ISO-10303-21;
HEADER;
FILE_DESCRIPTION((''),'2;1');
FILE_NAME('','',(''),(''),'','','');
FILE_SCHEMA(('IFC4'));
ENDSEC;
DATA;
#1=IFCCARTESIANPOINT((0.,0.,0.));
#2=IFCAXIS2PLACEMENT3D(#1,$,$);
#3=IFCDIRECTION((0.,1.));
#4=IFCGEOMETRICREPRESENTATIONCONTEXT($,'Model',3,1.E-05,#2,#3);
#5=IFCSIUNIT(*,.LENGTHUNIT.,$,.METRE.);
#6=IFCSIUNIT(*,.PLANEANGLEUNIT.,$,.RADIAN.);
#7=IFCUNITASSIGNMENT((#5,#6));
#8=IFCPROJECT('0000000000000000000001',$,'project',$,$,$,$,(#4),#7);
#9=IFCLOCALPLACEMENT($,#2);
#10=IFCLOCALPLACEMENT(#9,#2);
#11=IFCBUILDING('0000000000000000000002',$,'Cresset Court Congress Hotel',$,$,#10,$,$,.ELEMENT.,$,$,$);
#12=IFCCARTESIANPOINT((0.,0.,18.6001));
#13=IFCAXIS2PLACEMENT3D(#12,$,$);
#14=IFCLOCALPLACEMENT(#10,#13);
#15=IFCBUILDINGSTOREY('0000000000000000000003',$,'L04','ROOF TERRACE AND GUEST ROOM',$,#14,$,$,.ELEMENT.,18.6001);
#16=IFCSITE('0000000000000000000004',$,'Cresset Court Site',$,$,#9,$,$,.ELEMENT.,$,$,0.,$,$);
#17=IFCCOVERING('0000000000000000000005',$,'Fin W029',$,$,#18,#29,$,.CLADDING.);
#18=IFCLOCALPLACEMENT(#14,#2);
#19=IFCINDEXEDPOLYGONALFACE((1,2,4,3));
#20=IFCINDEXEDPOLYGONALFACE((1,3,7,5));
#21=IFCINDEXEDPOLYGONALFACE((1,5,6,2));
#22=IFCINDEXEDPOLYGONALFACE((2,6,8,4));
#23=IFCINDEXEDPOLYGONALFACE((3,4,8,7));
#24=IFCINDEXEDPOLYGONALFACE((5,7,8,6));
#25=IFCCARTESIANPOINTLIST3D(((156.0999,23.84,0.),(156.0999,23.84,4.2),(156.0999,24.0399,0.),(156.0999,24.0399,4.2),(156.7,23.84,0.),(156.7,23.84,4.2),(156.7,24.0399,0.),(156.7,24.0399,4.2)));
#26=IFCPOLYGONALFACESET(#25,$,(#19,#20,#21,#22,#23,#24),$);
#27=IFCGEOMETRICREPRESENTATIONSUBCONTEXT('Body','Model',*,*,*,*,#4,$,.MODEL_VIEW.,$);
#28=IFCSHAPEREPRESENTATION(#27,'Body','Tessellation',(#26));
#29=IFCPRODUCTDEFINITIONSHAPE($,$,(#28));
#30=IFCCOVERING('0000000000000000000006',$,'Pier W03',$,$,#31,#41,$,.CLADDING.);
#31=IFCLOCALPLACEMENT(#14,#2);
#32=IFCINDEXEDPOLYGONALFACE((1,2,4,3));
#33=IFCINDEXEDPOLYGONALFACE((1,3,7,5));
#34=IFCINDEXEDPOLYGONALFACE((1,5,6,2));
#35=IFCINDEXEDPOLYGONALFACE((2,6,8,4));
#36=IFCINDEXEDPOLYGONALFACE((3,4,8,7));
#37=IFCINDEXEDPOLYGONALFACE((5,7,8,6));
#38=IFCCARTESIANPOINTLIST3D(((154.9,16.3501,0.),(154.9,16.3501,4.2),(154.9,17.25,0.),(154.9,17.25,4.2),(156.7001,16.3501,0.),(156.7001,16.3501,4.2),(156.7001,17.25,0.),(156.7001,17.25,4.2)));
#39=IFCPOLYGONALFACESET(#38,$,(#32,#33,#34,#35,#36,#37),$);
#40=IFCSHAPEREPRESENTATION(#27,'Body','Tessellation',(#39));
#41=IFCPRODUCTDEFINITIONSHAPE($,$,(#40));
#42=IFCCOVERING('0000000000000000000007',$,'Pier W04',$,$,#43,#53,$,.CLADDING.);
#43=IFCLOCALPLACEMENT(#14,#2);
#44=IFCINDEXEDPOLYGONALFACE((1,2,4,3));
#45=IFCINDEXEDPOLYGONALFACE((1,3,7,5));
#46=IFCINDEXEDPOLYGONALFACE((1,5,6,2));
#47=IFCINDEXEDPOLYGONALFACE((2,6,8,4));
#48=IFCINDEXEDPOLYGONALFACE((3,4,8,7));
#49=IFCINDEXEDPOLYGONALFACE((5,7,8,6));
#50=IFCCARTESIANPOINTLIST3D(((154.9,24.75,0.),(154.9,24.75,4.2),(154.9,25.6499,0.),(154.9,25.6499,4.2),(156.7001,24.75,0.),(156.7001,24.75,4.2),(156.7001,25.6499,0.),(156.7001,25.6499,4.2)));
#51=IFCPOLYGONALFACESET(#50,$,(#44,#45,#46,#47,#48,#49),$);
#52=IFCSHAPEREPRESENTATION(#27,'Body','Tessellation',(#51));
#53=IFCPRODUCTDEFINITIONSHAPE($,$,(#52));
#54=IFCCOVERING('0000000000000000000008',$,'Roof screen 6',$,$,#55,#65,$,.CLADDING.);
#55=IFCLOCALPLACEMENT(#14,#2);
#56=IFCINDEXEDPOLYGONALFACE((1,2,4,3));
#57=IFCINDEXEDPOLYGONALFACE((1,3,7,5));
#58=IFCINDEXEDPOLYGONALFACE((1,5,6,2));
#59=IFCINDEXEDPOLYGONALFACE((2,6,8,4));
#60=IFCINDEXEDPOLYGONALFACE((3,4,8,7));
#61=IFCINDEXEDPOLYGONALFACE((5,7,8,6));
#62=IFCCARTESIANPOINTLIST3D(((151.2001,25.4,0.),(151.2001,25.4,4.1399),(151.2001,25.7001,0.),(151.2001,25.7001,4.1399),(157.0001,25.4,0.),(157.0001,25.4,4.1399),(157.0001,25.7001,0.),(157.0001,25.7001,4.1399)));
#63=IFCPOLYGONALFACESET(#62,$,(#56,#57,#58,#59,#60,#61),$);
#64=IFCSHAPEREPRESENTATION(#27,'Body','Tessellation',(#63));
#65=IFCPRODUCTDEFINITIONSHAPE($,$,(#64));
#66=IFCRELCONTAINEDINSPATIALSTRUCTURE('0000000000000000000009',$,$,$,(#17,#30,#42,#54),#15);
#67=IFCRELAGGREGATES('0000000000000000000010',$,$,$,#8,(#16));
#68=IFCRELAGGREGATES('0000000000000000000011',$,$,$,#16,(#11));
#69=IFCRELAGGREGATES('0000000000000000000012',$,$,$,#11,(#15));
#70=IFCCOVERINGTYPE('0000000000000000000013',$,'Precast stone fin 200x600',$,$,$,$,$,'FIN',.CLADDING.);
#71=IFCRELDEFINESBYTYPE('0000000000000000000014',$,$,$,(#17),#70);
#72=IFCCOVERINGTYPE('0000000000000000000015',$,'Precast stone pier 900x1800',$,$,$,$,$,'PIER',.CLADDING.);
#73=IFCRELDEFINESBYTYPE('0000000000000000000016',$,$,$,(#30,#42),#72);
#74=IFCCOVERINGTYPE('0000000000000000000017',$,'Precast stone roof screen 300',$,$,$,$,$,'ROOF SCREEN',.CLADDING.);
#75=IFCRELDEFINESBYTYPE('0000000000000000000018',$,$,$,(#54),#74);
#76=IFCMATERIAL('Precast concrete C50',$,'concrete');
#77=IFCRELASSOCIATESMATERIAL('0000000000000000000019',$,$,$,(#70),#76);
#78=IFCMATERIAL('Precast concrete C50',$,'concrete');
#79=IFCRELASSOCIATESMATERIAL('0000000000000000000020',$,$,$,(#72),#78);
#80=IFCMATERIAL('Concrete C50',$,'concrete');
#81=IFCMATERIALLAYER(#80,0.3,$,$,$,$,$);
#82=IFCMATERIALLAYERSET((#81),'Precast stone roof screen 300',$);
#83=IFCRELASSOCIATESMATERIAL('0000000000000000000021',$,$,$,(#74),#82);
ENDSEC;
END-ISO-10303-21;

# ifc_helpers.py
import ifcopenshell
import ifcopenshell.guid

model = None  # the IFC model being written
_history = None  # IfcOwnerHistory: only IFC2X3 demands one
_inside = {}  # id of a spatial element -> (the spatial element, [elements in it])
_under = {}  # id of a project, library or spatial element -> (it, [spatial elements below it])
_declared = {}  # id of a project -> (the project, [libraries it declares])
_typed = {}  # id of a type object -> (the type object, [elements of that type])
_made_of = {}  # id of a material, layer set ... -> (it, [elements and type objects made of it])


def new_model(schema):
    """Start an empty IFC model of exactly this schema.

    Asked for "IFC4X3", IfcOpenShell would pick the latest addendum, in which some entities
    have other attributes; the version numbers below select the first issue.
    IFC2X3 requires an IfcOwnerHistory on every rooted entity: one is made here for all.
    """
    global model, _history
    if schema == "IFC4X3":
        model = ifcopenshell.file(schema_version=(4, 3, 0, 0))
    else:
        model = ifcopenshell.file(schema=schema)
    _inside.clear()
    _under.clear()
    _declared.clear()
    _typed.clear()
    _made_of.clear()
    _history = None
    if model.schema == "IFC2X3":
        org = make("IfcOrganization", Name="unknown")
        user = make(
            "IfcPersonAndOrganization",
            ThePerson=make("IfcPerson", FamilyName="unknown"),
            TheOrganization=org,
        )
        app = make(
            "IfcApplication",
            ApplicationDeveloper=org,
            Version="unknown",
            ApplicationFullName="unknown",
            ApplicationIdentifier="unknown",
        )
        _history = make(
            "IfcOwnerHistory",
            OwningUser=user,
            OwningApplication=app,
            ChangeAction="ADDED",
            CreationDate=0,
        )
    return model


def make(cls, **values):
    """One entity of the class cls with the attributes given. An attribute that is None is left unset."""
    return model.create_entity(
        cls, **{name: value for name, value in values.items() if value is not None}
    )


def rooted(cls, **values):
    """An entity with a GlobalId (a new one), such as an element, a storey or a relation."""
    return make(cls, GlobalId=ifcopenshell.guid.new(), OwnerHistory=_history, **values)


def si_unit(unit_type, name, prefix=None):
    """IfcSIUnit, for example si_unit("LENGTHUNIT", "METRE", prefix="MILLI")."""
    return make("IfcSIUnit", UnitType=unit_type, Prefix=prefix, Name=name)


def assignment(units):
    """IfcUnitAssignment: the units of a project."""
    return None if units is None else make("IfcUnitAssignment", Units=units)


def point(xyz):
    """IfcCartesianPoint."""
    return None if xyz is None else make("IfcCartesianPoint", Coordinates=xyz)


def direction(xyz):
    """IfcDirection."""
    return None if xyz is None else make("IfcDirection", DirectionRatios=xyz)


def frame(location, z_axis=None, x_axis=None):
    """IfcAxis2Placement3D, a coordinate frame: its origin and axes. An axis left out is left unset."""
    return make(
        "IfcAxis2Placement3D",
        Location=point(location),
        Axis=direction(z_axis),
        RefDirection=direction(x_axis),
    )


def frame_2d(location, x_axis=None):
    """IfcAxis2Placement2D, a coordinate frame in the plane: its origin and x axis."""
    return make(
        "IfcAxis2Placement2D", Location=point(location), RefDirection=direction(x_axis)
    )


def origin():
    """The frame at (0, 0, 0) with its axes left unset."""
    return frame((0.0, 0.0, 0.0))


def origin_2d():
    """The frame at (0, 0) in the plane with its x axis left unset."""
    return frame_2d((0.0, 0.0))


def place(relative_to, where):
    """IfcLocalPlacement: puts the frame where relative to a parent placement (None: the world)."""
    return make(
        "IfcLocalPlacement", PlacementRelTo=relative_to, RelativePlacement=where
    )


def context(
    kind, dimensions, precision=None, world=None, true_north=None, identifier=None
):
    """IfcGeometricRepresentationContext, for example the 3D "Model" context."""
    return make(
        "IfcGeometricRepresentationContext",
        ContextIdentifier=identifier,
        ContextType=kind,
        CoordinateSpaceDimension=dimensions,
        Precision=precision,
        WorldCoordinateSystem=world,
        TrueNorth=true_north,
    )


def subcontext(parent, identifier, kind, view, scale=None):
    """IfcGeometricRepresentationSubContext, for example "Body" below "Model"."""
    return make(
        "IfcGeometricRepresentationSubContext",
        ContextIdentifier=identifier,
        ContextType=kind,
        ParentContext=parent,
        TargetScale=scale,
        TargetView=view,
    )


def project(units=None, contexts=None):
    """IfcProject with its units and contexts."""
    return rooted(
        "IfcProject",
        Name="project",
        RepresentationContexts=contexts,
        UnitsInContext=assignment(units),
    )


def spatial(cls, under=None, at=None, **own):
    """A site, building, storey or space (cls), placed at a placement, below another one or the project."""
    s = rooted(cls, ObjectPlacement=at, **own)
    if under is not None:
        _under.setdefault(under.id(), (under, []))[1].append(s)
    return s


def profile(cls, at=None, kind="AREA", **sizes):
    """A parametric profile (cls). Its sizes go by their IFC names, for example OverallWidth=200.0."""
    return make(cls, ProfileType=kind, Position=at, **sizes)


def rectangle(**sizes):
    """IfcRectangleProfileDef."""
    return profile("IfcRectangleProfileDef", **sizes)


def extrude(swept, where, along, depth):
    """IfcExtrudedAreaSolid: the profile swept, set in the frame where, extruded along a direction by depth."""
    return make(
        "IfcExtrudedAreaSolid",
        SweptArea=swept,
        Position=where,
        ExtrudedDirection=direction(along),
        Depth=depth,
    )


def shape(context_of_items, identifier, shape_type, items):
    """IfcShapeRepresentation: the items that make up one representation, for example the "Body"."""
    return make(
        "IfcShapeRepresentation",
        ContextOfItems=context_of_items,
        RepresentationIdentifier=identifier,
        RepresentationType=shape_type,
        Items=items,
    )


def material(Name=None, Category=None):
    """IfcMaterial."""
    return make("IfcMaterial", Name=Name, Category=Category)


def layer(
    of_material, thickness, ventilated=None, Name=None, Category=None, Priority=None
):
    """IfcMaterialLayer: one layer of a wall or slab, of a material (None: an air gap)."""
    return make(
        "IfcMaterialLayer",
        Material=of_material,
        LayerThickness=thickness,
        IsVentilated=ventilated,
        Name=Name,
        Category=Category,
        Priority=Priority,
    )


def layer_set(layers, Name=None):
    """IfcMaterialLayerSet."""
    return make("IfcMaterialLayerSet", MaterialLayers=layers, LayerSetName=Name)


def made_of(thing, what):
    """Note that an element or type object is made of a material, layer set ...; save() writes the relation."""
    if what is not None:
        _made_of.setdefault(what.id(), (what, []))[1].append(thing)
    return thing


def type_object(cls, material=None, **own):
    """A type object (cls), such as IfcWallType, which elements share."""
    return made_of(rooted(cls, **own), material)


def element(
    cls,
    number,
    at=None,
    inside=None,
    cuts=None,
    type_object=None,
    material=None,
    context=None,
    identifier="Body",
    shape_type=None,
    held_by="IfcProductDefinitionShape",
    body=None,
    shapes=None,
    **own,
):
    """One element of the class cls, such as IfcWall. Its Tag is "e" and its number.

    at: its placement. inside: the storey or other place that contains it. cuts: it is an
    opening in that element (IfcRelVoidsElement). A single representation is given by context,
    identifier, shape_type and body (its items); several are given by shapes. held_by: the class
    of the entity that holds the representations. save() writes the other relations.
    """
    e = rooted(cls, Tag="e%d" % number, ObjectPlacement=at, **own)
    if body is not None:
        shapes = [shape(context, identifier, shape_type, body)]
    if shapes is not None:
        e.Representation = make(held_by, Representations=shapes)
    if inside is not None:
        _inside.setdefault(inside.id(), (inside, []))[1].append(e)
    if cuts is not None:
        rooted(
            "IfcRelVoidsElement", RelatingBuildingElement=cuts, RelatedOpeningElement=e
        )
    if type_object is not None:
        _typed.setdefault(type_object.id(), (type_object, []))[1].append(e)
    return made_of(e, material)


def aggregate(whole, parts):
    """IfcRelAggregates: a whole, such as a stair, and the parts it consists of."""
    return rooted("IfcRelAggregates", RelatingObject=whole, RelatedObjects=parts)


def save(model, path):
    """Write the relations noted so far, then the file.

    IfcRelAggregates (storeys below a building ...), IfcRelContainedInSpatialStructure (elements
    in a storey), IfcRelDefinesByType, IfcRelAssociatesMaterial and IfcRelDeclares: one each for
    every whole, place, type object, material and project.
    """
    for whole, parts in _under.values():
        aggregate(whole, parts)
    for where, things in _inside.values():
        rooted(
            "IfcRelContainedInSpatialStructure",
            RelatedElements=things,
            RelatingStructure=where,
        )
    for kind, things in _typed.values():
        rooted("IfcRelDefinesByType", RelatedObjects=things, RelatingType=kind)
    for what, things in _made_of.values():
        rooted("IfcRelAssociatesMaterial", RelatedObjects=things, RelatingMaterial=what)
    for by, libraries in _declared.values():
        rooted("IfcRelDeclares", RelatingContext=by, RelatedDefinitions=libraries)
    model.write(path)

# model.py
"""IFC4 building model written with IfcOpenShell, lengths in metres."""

from ifc_helpers import new_model, si_unit, direction, frame, origin, origin_2d, place, context, subcontext, project, spatial, rectangle, extrude, material, layer, layer_set, type_object, element, save


model = new_model("IFC4")

# Units and contexts
model_context = context("Model", 3, precision=1e-05, world=origin(), true_north=direction((0.0, 1.0)))
body_context = subcontext(model_context, "Body", "Model", "MODEL_VIEW")
ifc_project = project(units=[si_unit("LENGTHUNIT", "METRE"), si_unit("PLANEANGLEUNIT", "RADIAN")], contexts=[model_context])

# Site, building, storey
site_placement = place(None, origin())
site = spatial("IfcSite", under=ifc_project, at=site_placement, Name="Cresset Court Site", CompositionType="ELEMENT", RefElevation=0.0)
building_placement = place(site_placement, origin())
building = spatial("IfcBuilding", under=site, at=building_placement, Name="Cresset Court Congress Hotel", CompositionType="ELEMENT")
storey_placement = place(building_placement, frame((0.0, 0.0, 18.6001)))
storey = spatial("IfcBuildingStorey", under=building, at=storey_placement, Name="L04", Description="ROOF TERRACE AND GUEST ROOM", CompositionType="ELEMENT", Elevation=18.6001)

# Coverings
ifc_material_1 = material(Name="Precast concrete C50", Category="concrete")
covering_type_1 = type_object("IfcCoveringType", Name="Precast stone fin 200x600", ElementType="FIN", PredefinedType="CLADDING", material=ifc_material_1)
for number, where, z_axis, x_axis, name in (
    (1, (156.3999, 23.9399, 0.0), (0.0, 0.0, 1.0), (1.0, 0.0, 0.0), "Fin W029"),
):
    element("IfcCovering", number, at=place(storey_placement, frame(where, z_axis=z_axis, x_axis=x_axis)), inside=storey, type_object=covering_type_1, Name=name, PredefinedType="CLADDING", context=body_context, shape_type="SweptSolid", body=[
        extrude(rectangle(XDim=0.6001, YDim=0.2, at=origin_2d()), origin(), (0.0, 0.0, 1.0), 4.2),
    ])
ifc_material_2 = material(Name="Precast concrete C50", Category="concrete")
covering_type_2 = type_object("IfcCoveringType", Name="Precast stone pier 900x1800", ElementType="PIER", PredefinedType="CLADDING", material=ifc_material_2)
for number, where, z_axis, x_axis, name in (
    (2, (155.8, 16.8, 0.0), (0.0, 0.0, 1.0), (1.0, 0.0, 0.0), "Pier W03"),
    (3, (155.8, 25.2, 0.0), (0.0, 0.0, 1.0), (1.0, 0.0, 0.0), "Pier W04"),
):
    element("IfcCovering", number, at=place(storey_placement, frame(where, z_axis=z_axis, x_axis=x_axis)), inside=storey, type_object=covering_type_2, Name=name, PredefinedType="CLADDING", context=body_context, shape_type="SweptSolid", body=[
        extrude(rectangle(XDim=1.8, YDim=0.8999, at=origin_2d()), origin(), (0.0, 0.0, 1.0), 4.2),
    ])
ifc_material_3 = material(Name="Concrete C50", Category="concrete")
ifc_layer_1 = layer(ifc_material_3, 0.3)
ifc_layer_set_1 = layer_set([ifc_layer_1], Name="Precast stone roof screen 300")
covering_type_3 = type_object("IfcCoveringType", Name="Precast stone roof screen 300", ElementType="ROOF SCREEN", PredefinedType="CLADDING", material=ifc_layer_set_1)
covering_placement = place(storey_placement, frame((154.1001, 25.55, 0.0), z_axis=(0.0, 0.0, 1.0), x_axis=(1.0, 0.0, 0.0)))
element("IfcCovering", 4, at=covering_placement, inside=storey, type_object=covering_type_3, Name="Roof screen 6", PredefinedType="CLADDING", context=body_context, shape_type="SweptSolid", body=[
    extrude(rectangle(XDim=5.8, YDim=0.3, at=origin_2d()), origin(), (0.0, 0.0, 1.0), 4.1399),
])

save(model, "model.ifc")
